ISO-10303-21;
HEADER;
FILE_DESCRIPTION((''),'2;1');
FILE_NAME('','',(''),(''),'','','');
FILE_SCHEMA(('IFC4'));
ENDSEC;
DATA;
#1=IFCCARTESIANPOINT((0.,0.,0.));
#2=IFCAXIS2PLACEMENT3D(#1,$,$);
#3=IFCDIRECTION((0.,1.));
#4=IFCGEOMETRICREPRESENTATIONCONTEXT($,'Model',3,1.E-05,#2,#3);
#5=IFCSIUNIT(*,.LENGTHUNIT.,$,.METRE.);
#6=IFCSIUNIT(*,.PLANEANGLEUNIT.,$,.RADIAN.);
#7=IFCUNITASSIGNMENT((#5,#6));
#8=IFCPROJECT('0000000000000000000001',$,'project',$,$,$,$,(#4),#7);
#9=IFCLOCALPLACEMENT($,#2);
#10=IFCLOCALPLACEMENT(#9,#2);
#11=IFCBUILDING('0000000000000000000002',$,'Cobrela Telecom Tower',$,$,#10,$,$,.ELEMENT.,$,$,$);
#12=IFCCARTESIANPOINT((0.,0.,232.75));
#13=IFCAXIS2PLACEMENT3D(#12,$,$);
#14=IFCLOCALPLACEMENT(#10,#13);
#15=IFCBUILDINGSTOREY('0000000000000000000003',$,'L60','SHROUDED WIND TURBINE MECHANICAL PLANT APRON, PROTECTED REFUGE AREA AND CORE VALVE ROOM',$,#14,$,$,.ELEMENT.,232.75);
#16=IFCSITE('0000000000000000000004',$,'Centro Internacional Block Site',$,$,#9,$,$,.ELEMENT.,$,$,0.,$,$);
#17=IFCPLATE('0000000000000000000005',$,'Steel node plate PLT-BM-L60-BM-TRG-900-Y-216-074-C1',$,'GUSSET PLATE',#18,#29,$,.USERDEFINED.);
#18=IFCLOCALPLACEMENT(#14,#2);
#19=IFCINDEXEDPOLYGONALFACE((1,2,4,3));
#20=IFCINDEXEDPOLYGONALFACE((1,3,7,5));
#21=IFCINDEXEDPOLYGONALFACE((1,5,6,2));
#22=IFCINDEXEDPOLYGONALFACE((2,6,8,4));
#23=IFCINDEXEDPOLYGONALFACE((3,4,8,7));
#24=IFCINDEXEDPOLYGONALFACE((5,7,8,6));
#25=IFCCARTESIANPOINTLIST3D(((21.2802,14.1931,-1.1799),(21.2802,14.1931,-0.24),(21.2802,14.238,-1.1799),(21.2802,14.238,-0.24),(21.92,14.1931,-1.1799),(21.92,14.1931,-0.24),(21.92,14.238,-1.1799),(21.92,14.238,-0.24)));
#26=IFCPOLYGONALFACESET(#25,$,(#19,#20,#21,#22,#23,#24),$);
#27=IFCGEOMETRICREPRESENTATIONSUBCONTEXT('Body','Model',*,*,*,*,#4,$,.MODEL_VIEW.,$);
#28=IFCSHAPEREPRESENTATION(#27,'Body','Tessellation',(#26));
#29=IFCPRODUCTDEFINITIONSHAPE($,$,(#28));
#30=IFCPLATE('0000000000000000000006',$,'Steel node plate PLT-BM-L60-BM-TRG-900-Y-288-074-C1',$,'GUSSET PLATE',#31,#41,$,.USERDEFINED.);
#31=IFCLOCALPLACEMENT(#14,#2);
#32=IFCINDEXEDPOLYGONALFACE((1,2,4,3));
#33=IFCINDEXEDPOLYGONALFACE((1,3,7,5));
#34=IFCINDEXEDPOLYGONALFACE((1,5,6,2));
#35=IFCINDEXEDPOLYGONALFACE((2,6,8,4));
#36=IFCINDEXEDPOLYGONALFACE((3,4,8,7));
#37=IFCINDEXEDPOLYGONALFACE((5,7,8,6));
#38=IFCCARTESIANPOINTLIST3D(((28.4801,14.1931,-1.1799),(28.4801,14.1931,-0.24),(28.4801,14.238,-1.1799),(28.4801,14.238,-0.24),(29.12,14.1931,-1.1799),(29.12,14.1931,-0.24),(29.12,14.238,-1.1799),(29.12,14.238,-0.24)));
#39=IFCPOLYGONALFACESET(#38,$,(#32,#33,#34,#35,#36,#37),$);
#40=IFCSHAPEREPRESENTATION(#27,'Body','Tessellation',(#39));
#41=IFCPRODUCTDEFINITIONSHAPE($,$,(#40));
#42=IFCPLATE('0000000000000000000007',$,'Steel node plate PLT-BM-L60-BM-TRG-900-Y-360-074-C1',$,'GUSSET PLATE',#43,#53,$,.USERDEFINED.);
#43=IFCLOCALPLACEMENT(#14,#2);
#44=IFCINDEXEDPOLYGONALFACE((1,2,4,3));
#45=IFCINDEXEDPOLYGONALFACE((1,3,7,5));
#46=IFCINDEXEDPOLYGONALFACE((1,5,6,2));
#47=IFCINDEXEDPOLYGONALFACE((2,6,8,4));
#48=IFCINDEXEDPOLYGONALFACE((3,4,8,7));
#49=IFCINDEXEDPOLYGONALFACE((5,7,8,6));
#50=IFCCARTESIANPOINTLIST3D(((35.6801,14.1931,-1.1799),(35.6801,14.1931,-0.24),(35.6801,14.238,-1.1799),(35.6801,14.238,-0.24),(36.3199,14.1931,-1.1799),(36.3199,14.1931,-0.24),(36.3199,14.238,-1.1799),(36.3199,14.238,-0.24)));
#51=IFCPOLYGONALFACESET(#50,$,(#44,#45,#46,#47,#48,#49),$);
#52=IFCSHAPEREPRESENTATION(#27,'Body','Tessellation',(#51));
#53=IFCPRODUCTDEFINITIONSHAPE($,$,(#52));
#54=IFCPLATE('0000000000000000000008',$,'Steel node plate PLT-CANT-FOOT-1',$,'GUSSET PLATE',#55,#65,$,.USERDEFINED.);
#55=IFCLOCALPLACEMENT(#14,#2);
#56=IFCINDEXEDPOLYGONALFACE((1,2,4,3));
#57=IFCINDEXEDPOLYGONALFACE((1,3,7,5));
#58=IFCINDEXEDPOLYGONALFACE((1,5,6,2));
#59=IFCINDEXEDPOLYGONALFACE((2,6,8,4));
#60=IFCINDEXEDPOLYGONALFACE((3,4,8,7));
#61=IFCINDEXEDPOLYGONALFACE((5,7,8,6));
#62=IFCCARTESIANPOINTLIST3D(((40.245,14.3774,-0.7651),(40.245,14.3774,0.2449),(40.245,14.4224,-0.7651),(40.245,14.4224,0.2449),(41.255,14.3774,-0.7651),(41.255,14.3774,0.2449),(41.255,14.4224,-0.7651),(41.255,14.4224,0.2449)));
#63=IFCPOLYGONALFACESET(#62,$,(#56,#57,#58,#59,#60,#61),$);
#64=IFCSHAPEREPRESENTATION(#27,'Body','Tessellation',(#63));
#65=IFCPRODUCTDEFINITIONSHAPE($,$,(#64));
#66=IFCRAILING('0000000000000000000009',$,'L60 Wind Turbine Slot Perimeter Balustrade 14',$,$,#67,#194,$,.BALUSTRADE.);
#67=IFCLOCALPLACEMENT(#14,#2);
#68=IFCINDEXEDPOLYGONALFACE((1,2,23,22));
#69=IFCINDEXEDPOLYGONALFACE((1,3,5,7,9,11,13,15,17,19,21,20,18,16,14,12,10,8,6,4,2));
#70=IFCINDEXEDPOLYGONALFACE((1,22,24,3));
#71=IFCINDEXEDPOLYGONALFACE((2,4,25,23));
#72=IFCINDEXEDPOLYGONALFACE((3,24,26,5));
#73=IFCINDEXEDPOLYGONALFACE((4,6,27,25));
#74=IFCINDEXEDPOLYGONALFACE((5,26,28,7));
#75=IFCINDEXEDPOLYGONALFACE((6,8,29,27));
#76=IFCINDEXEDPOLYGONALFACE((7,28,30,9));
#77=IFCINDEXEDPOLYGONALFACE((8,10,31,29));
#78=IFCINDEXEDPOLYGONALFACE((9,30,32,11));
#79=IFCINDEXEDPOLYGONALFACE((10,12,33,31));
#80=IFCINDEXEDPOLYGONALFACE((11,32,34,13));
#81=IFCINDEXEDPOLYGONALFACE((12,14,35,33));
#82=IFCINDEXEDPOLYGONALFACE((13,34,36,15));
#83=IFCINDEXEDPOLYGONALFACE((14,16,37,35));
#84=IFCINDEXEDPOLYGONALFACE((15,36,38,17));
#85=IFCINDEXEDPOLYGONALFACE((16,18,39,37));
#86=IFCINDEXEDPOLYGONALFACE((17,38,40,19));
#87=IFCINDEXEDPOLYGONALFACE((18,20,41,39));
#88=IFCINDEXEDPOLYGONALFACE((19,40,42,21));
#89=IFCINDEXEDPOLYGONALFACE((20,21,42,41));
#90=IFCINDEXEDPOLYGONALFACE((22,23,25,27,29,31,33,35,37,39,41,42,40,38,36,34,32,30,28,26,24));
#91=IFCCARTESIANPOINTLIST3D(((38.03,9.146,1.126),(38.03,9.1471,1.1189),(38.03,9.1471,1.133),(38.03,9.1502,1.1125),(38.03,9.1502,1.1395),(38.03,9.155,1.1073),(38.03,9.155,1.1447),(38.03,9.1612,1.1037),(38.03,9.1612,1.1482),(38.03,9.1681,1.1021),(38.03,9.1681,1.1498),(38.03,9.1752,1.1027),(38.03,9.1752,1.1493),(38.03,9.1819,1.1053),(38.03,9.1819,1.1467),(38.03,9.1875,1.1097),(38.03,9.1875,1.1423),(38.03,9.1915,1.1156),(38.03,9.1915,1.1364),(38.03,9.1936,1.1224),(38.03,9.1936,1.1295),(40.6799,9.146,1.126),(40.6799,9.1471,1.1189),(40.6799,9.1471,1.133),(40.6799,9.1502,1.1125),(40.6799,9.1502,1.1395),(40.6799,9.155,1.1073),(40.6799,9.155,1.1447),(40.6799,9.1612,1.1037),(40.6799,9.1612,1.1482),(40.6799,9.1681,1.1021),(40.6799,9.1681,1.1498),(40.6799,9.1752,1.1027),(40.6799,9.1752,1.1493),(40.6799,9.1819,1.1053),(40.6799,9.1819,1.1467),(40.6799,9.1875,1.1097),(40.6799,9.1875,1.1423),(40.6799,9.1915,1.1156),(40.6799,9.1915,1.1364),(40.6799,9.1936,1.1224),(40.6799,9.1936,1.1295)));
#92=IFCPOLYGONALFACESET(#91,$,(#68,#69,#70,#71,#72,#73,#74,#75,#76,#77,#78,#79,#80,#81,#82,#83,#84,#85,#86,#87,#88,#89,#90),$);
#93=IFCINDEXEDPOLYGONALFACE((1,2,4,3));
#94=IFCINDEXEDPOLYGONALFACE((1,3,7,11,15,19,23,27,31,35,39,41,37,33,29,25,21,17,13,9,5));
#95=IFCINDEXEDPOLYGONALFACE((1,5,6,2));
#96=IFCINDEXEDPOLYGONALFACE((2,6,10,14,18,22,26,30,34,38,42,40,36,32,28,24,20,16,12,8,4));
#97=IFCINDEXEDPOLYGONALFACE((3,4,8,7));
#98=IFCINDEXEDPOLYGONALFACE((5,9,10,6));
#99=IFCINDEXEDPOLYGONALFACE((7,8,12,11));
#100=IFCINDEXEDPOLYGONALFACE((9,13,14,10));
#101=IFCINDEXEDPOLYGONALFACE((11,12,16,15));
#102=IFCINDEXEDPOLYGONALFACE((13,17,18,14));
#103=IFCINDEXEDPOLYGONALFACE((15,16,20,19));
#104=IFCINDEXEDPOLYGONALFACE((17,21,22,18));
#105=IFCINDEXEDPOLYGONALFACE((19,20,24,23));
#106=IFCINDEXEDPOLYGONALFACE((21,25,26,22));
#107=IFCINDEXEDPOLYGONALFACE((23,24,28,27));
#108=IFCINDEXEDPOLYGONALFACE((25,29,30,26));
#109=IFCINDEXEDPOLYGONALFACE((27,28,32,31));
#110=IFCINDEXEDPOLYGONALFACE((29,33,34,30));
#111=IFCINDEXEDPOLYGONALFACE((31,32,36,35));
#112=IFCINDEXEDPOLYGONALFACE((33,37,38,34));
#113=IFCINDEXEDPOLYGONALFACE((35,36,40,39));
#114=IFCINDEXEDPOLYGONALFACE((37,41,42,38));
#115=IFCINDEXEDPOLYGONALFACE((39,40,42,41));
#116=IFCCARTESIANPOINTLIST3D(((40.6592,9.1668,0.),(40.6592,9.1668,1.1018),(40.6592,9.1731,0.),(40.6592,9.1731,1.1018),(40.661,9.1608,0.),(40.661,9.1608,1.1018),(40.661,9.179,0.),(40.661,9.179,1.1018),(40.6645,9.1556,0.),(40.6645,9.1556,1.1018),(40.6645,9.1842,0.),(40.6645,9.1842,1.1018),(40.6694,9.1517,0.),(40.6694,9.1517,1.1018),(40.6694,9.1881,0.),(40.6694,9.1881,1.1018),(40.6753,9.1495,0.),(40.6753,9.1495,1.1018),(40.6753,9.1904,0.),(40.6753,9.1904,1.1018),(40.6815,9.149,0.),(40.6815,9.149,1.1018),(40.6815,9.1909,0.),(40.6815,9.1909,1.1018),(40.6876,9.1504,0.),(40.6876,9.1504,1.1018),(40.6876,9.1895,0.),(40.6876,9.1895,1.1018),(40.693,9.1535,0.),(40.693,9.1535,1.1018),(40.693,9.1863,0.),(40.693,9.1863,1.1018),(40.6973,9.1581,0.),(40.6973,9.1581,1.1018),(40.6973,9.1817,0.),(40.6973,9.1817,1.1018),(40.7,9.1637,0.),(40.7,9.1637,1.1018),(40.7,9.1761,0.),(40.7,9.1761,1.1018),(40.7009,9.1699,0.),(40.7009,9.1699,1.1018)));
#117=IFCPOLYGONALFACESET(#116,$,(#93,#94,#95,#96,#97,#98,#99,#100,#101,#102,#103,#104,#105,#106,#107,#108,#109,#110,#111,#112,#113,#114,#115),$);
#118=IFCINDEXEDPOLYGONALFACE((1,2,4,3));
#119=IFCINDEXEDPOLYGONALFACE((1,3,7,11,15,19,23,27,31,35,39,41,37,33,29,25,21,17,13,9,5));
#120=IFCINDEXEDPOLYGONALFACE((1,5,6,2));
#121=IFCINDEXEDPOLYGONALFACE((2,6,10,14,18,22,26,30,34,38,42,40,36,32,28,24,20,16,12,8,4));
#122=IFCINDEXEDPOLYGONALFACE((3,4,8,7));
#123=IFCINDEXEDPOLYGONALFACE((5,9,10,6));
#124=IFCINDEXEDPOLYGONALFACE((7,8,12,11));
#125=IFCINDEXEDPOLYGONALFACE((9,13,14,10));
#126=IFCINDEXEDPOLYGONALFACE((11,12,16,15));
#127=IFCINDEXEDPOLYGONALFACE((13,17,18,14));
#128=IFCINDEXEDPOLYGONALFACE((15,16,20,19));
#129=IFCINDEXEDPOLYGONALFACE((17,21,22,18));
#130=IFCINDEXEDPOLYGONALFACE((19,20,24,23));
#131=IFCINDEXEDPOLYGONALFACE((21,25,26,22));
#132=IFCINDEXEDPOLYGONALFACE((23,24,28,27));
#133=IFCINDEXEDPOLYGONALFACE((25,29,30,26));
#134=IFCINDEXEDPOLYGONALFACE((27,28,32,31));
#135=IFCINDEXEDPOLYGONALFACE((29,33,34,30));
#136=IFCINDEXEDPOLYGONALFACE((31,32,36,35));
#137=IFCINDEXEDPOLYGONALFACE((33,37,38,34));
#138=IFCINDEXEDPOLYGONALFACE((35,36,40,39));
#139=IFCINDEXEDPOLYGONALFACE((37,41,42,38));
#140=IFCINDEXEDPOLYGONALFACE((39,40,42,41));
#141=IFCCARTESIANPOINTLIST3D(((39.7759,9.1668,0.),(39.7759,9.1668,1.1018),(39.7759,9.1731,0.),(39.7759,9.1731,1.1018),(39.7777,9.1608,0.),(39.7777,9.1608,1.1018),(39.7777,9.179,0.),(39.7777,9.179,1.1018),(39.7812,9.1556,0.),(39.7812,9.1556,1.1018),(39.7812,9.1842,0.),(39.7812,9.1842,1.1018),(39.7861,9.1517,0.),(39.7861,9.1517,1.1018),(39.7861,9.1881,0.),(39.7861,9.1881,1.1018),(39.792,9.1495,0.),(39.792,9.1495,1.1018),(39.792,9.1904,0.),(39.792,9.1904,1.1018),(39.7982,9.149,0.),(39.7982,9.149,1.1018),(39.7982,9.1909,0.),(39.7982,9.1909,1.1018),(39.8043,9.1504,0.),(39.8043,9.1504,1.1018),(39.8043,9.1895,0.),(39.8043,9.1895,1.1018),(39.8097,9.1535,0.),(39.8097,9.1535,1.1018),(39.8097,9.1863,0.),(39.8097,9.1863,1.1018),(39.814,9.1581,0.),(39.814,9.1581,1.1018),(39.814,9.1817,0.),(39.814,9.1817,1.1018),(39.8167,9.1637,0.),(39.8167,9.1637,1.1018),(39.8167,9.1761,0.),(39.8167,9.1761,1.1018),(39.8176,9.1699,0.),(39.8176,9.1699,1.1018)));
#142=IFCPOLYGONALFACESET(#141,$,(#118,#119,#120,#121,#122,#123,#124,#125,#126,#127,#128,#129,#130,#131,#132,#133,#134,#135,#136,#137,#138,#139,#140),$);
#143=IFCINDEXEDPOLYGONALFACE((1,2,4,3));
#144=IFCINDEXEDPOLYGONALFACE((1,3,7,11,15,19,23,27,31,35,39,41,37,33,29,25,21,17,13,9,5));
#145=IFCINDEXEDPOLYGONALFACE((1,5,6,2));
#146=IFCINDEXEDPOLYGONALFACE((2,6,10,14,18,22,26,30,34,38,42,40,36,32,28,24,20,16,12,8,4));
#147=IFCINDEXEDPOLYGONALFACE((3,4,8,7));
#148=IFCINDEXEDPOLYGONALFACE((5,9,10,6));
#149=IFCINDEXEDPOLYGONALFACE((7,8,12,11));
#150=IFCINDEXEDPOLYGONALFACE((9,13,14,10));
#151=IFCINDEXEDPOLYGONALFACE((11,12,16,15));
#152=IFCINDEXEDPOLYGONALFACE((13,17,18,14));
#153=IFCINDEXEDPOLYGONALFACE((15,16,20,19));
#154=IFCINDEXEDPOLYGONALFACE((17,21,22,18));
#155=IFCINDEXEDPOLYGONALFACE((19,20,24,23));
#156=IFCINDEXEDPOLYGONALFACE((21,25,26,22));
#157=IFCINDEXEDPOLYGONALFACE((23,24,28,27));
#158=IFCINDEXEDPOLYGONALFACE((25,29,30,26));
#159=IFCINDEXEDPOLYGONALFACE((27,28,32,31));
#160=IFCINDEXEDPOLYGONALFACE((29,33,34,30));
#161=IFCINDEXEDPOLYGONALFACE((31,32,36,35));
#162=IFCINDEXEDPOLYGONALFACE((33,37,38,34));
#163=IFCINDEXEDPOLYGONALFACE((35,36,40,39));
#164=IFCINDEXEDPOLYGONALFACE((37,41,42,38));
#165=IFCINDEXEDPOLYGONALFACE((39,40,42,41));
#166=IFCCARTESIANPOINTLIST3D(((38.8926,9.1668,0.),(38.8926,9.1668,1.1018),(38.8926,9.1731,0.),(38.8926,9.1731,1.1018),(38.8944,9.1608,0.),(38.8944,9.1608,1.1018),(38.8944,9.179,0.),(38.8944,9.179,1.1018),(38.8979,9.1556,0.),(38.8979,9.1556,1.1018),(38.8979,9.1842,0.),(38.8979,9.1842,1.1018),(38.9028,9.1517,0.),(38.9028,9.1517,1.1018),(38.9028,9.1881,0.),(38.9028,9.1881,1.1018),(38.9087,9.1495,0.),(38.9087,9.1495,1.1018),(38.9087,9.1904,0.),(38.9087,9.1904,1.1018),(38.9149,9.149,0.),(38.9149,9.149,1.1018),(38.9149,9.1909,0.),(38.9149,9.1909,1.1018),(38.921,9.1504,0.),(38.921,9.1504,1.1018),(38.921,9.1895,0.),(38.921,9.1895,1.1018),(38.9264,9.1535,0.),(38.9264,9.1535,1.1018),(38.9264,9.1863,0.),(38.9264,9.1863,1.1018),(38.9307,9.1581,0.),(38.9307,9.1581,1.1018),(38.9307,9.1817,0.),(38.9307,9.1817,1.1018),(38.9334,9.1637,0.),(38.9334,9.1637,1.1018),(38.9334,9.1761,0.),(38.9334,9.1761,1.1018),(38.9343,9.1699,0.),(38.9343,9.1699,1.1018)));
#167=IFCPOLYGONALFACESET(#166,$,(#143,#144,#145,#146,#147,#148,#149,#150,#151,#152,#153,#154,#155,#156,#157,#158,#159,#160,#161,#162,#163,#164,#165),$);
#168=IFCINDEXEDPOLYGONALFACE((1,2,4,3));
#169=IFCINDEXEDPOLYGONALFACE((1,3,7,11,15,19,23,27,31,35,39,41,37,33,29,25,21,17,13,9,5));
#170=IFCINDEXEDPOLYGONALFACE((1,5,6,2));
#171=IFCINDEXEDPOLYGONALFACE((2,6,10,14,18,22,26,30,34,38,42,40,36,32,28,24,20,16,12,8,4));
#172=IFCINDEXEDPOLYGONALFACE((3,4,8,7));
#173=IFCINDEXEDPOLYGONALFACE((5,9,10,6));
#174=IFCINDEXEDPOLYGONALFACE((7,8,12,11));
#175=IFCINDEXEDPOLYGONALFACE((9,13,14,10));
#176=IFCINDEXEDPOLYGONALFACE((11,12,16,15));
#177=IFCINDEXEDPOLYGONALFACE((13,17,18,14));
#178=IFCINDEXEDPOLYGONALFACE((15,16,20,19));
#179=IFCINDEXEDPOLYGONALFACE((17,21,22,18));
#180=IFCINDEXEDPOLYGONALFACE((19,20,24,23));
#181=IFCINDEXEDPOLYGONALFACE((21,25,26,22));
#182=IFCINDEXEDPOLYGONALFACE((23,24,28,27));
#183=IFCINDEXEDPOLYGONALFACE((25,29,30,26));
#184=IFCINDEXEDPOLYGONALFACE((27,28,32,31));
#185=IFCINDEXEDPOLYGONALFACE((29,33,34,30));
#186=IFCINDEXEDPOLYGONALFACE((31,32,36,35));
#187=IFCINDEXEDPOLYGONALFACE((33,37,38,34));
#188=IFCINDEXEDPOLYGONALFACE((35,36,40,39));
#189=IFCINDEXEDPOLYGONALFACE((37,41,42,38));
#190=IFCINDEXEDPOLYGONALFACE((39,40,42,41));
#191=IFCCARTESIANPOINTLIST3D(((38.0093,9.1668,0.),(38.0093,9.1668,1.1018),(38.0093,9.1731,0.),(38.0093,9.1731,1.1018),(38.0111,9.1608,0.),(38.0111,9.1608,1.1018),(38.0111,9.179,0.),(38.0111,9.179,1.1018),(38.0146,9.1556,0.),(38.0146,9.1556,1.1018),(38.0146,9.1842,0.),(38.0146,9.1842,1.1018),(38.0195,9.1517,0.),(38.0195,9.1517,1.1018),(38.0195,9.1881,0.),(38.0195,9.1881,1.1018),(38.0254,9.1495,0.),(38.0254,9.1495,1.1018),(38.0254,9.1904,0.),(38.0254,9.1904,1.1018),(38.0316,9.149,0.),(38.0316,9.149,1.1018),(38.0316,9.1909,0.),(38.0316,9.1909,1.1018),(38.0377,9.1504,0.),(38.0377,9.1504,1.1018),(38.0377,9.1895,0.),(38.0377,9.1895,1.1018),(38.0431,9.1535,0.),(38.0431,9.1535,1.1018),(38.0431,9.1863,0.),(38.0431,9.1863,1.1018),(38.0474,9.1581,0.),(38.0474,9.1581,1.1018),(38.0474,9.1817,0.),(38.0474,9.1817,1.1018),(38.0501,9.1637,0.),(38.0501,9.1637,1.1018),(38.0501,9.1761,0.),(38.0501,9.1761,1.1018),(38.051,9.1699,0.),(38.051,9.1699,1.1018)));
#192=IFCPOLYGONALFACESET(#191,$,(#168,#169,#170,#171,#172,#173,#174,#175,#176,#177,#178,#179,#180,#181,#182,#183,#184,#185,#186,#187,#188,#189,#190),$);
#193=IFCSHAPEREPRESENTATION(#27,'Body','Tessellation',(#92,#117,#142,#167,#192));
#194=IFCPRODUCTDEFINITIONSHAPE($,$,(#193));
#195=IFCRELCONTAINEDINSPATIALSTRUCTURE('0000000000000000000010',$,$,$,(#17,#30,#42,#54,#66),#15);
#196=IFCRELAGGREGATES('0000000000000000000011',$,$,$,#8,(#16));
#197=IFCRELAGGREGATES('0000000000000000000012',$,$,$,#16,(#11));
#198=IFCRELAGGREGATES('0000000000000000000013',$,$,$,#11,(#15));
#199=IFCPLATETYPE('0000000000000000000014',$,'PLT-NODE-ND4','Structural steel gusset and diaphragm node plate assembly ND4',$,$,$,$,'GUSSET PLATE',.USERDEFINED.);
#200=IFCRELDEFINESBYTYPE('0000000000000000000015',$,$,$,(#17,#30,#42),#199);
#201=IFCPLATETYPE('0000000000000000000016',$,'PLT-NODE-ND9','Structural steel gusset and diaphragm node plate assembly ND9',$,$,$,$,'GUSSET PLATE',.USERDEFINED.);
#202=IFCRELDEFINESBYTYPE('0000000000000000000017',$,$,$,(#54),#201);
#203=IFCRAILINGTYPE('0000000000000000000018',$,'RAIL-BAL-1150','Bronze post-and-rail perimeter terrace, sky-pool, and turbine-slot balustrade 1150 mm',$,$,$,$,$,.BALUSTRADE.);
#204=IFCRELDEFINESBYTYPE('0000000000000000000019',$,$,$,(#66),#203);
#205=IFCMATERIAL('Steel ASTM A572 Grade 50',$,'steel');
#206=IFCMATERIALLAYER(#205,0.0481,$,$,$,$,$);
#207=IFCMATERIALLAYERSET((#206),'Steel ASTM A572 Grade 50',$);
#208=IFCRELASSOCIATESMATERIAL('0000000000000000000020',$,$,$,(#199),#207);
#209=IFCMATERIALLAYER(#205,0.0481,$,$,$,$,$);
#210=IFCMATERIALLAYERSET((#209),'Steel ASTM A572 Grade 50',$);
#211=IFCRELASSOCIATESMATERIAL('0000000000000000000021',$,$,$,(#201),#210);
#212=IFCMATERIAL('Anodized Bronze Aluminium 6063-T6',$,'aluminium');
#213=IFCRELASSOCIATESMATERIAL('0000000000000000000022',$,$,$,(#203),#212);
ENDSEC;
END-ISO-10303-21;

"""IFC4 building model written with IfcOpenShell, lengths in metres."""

from ifc_helpers import new_model, si_unit, direction, frame, origin, origin_2d, place, context, subcontext, project, spatial, rectangle, circle, extrude, material, layer, layer_set, type_object, element, save


model = new_model("IFC4")

# Units and contexts
model_context = context("Model", 3, precision=1e-05, world=origin(), true_north=direction((0.0, 1.0)))
body_context = subcontext(model_context, "Body", "Model", "MODEL_VIEW")
ifc_project = project(units=[si_unit("LENGTHUNIT", "METRE"), si_unit("PLANEANGLEUNIT", "RADIAN")], contexts=[model_context])

# Site, building, storey
site_placement = place(None, origin())
site = spatial("IfcSite", under=ifc_project, at=site_placement, Name="Centro Internacional Block Site", CompositionType="ELEMENT", RefElevation=0.0)
building_placement = place(site_placement, origin())
building = spatial("IfcBuilding", under=site, at=building_placement, Name="Cobrela Telecom Tower", CompositionType="ELEMENT")
storey_placement = place(building_placement, frame((0.0, 0.0, 232.75)))
storey = spatial("IfcBuildingStorey", under=building, at=storey_placement, Name="L60", Description="SHROUDED WIND TURBINE MECHANICAL PLANT APRON, PROTECTED REFUGE AREA AND CORE VALVE ROOM", CompositionType="ELEMENT", Elevation=232.75)

# Shared definitions
ifc_material_1 = material(Name="Steel ASTM A572 Grade 50", Category="steel")

# Plates
ifc_layer_1 = layer(ifc_material_1, 0.0481)
ifc_layer_set_1 = layer_set([ifc_layer_1], Name="Steel ASTM A572 Grade 50")
plate_type_1 = type_object("IfcPlateType", Name="PLT-NODE-ND4", Description="Structural steel gusset and diaphragm node plate assembly ND4", ElementType="GUSSET PLATE", PredefinedType="USERDEFINED", material=ifc_layer_set_1)
for number, where, z_axis, x_axis, name in (
    (1, (21.6001, 14.2156, -1.1799), (0.0, 0.0, 1.0), (0.0, 1.0, 0.0), "Steel node plate PLT-BM-L60-BM-TRG-900-Y-216-074-C1"),
    (2, (28.8, 14.2156, -1.1799), (0.0, 0.0, 1.0), (0.0, 1.0, 0.0), "Steel node plate PLT-BM-L60-BM-TRG-900-Y-288-074-C1"),
    (3, (36.0, 14.2156, -1.1799), (0.0, 0.0, 1.0), (0.0, 1.0, 0.0), "Steel node plate PLT-BM-L60-BM-TRG-900-Y-360-074-C1"),
):
    element("IfcPlate", number, at=place(storey_placement, frame(where, z_axis=z_axis, x_axis=x_axis)), inside=storey, type_object=plate_type_1, Name=name, ObjectType="GUSSET PLATE", PredefinedType="USERDEFINED", context=body_context, shape_type="SweptSolid", body=[
        extrude(rectangle(XDim=0.0449, YDim=0.6399, at=origin_2d()), origin(), (0.0, 0.0, 1.0), 0.9399),
    ])
ifc_layer_2 = layer(ifc_material_1, 0.0481)
ifc_layer_set_2 = layer_set([ifc_layer_2], Name="Steel ASTM A572 Grade 50")
plate_type_2 = type_object("IfcPlateType", Name="PLT-NODE-ND9", Description="Structural steel gusset and diaphragm node plate assembly ND9", ElementType="GUSSET PLATE", PredefinedType="USERDEFINED", material=ifc_layer_set_2)
plate_1_placement = place(storey_placement, frame((40.75, 14.3999, -0.7651), z_axis=(0.0, 0.0, 1.0), x_axis=(1.0, 0.0, 0.0)))
element("IfcPlate", 4, at=plate_1_placement, inside=storey, type_object=plate_type_2, Name="Steel node plate PLT-CANT-FOOT-1", ObjectType="GUSSET PLATE", PredefinedType="USERDEFINED", context=body_context, shape_type="SweptSolid", body=[
    extrude(rectangle(XDim=1.01, YDim=0.0449, at=origin_2d()), origin(), (0.0, 0.0, 1.0), 1.01),
])

# Railing
ifc_material_2 = material(Name="Anodized Bronze Aluminium 6063-T6", Category="aluminium")
railing_type = type_object("IfcRailingType", Name="RAIL-BAL-1150", Description="Bronze post-and-rail perimeter terrace, sky-pool, and turbine-slot balustrade 1150 mm", PredefinedType="BALUSTRADE", material=ifc_material_2)
railing_1_placement = place(storey_placement, frame((40.6799, 9.1699, 0.0)))
element("IfcRailing", 5, at=railing_1_placement, inside=storey, type_object=railing_type, Name="L60 Wind Turbine Slot Perimeter Balustrade 14", PredefinedType="BALUSTRADE", context=body_context, shape_type="SweptSolid", body=[
    extrude(circle(Radius=0.0239, at=origin_2d()), frame((0.0, 0.0, 1.126), z_axis=(-1.0, 0.0, 0.0), x_axis=(0.0, -1.0, 0.0)), (0.0, 0.0, 1.0), 2.6499),
    extrude(circle(Radius=0.021, at=origin_2d()), origin(), (0.0, 0.0, 1.0), 1.1018),
    extrude(circle(Radius=0.021, at=origin_2d()), frame((-0.8833, 0.0, 0.0)), (0.0, 0.0, 1.0), 1.1018),
    extrude(circle(Radius=0.021, at=origin_2d()), frame((-1.7666, 0.0, 0.0)), (0.0, 0.0, 1.0), 1.1018),
    extrude(circle(Radius=0.021, at=origin_2d()), frame((-2.6499, 0.0, 0.0)), (0.0, 0.0, 1.0), 1.1018),
])

save(model, "model.ifc")
